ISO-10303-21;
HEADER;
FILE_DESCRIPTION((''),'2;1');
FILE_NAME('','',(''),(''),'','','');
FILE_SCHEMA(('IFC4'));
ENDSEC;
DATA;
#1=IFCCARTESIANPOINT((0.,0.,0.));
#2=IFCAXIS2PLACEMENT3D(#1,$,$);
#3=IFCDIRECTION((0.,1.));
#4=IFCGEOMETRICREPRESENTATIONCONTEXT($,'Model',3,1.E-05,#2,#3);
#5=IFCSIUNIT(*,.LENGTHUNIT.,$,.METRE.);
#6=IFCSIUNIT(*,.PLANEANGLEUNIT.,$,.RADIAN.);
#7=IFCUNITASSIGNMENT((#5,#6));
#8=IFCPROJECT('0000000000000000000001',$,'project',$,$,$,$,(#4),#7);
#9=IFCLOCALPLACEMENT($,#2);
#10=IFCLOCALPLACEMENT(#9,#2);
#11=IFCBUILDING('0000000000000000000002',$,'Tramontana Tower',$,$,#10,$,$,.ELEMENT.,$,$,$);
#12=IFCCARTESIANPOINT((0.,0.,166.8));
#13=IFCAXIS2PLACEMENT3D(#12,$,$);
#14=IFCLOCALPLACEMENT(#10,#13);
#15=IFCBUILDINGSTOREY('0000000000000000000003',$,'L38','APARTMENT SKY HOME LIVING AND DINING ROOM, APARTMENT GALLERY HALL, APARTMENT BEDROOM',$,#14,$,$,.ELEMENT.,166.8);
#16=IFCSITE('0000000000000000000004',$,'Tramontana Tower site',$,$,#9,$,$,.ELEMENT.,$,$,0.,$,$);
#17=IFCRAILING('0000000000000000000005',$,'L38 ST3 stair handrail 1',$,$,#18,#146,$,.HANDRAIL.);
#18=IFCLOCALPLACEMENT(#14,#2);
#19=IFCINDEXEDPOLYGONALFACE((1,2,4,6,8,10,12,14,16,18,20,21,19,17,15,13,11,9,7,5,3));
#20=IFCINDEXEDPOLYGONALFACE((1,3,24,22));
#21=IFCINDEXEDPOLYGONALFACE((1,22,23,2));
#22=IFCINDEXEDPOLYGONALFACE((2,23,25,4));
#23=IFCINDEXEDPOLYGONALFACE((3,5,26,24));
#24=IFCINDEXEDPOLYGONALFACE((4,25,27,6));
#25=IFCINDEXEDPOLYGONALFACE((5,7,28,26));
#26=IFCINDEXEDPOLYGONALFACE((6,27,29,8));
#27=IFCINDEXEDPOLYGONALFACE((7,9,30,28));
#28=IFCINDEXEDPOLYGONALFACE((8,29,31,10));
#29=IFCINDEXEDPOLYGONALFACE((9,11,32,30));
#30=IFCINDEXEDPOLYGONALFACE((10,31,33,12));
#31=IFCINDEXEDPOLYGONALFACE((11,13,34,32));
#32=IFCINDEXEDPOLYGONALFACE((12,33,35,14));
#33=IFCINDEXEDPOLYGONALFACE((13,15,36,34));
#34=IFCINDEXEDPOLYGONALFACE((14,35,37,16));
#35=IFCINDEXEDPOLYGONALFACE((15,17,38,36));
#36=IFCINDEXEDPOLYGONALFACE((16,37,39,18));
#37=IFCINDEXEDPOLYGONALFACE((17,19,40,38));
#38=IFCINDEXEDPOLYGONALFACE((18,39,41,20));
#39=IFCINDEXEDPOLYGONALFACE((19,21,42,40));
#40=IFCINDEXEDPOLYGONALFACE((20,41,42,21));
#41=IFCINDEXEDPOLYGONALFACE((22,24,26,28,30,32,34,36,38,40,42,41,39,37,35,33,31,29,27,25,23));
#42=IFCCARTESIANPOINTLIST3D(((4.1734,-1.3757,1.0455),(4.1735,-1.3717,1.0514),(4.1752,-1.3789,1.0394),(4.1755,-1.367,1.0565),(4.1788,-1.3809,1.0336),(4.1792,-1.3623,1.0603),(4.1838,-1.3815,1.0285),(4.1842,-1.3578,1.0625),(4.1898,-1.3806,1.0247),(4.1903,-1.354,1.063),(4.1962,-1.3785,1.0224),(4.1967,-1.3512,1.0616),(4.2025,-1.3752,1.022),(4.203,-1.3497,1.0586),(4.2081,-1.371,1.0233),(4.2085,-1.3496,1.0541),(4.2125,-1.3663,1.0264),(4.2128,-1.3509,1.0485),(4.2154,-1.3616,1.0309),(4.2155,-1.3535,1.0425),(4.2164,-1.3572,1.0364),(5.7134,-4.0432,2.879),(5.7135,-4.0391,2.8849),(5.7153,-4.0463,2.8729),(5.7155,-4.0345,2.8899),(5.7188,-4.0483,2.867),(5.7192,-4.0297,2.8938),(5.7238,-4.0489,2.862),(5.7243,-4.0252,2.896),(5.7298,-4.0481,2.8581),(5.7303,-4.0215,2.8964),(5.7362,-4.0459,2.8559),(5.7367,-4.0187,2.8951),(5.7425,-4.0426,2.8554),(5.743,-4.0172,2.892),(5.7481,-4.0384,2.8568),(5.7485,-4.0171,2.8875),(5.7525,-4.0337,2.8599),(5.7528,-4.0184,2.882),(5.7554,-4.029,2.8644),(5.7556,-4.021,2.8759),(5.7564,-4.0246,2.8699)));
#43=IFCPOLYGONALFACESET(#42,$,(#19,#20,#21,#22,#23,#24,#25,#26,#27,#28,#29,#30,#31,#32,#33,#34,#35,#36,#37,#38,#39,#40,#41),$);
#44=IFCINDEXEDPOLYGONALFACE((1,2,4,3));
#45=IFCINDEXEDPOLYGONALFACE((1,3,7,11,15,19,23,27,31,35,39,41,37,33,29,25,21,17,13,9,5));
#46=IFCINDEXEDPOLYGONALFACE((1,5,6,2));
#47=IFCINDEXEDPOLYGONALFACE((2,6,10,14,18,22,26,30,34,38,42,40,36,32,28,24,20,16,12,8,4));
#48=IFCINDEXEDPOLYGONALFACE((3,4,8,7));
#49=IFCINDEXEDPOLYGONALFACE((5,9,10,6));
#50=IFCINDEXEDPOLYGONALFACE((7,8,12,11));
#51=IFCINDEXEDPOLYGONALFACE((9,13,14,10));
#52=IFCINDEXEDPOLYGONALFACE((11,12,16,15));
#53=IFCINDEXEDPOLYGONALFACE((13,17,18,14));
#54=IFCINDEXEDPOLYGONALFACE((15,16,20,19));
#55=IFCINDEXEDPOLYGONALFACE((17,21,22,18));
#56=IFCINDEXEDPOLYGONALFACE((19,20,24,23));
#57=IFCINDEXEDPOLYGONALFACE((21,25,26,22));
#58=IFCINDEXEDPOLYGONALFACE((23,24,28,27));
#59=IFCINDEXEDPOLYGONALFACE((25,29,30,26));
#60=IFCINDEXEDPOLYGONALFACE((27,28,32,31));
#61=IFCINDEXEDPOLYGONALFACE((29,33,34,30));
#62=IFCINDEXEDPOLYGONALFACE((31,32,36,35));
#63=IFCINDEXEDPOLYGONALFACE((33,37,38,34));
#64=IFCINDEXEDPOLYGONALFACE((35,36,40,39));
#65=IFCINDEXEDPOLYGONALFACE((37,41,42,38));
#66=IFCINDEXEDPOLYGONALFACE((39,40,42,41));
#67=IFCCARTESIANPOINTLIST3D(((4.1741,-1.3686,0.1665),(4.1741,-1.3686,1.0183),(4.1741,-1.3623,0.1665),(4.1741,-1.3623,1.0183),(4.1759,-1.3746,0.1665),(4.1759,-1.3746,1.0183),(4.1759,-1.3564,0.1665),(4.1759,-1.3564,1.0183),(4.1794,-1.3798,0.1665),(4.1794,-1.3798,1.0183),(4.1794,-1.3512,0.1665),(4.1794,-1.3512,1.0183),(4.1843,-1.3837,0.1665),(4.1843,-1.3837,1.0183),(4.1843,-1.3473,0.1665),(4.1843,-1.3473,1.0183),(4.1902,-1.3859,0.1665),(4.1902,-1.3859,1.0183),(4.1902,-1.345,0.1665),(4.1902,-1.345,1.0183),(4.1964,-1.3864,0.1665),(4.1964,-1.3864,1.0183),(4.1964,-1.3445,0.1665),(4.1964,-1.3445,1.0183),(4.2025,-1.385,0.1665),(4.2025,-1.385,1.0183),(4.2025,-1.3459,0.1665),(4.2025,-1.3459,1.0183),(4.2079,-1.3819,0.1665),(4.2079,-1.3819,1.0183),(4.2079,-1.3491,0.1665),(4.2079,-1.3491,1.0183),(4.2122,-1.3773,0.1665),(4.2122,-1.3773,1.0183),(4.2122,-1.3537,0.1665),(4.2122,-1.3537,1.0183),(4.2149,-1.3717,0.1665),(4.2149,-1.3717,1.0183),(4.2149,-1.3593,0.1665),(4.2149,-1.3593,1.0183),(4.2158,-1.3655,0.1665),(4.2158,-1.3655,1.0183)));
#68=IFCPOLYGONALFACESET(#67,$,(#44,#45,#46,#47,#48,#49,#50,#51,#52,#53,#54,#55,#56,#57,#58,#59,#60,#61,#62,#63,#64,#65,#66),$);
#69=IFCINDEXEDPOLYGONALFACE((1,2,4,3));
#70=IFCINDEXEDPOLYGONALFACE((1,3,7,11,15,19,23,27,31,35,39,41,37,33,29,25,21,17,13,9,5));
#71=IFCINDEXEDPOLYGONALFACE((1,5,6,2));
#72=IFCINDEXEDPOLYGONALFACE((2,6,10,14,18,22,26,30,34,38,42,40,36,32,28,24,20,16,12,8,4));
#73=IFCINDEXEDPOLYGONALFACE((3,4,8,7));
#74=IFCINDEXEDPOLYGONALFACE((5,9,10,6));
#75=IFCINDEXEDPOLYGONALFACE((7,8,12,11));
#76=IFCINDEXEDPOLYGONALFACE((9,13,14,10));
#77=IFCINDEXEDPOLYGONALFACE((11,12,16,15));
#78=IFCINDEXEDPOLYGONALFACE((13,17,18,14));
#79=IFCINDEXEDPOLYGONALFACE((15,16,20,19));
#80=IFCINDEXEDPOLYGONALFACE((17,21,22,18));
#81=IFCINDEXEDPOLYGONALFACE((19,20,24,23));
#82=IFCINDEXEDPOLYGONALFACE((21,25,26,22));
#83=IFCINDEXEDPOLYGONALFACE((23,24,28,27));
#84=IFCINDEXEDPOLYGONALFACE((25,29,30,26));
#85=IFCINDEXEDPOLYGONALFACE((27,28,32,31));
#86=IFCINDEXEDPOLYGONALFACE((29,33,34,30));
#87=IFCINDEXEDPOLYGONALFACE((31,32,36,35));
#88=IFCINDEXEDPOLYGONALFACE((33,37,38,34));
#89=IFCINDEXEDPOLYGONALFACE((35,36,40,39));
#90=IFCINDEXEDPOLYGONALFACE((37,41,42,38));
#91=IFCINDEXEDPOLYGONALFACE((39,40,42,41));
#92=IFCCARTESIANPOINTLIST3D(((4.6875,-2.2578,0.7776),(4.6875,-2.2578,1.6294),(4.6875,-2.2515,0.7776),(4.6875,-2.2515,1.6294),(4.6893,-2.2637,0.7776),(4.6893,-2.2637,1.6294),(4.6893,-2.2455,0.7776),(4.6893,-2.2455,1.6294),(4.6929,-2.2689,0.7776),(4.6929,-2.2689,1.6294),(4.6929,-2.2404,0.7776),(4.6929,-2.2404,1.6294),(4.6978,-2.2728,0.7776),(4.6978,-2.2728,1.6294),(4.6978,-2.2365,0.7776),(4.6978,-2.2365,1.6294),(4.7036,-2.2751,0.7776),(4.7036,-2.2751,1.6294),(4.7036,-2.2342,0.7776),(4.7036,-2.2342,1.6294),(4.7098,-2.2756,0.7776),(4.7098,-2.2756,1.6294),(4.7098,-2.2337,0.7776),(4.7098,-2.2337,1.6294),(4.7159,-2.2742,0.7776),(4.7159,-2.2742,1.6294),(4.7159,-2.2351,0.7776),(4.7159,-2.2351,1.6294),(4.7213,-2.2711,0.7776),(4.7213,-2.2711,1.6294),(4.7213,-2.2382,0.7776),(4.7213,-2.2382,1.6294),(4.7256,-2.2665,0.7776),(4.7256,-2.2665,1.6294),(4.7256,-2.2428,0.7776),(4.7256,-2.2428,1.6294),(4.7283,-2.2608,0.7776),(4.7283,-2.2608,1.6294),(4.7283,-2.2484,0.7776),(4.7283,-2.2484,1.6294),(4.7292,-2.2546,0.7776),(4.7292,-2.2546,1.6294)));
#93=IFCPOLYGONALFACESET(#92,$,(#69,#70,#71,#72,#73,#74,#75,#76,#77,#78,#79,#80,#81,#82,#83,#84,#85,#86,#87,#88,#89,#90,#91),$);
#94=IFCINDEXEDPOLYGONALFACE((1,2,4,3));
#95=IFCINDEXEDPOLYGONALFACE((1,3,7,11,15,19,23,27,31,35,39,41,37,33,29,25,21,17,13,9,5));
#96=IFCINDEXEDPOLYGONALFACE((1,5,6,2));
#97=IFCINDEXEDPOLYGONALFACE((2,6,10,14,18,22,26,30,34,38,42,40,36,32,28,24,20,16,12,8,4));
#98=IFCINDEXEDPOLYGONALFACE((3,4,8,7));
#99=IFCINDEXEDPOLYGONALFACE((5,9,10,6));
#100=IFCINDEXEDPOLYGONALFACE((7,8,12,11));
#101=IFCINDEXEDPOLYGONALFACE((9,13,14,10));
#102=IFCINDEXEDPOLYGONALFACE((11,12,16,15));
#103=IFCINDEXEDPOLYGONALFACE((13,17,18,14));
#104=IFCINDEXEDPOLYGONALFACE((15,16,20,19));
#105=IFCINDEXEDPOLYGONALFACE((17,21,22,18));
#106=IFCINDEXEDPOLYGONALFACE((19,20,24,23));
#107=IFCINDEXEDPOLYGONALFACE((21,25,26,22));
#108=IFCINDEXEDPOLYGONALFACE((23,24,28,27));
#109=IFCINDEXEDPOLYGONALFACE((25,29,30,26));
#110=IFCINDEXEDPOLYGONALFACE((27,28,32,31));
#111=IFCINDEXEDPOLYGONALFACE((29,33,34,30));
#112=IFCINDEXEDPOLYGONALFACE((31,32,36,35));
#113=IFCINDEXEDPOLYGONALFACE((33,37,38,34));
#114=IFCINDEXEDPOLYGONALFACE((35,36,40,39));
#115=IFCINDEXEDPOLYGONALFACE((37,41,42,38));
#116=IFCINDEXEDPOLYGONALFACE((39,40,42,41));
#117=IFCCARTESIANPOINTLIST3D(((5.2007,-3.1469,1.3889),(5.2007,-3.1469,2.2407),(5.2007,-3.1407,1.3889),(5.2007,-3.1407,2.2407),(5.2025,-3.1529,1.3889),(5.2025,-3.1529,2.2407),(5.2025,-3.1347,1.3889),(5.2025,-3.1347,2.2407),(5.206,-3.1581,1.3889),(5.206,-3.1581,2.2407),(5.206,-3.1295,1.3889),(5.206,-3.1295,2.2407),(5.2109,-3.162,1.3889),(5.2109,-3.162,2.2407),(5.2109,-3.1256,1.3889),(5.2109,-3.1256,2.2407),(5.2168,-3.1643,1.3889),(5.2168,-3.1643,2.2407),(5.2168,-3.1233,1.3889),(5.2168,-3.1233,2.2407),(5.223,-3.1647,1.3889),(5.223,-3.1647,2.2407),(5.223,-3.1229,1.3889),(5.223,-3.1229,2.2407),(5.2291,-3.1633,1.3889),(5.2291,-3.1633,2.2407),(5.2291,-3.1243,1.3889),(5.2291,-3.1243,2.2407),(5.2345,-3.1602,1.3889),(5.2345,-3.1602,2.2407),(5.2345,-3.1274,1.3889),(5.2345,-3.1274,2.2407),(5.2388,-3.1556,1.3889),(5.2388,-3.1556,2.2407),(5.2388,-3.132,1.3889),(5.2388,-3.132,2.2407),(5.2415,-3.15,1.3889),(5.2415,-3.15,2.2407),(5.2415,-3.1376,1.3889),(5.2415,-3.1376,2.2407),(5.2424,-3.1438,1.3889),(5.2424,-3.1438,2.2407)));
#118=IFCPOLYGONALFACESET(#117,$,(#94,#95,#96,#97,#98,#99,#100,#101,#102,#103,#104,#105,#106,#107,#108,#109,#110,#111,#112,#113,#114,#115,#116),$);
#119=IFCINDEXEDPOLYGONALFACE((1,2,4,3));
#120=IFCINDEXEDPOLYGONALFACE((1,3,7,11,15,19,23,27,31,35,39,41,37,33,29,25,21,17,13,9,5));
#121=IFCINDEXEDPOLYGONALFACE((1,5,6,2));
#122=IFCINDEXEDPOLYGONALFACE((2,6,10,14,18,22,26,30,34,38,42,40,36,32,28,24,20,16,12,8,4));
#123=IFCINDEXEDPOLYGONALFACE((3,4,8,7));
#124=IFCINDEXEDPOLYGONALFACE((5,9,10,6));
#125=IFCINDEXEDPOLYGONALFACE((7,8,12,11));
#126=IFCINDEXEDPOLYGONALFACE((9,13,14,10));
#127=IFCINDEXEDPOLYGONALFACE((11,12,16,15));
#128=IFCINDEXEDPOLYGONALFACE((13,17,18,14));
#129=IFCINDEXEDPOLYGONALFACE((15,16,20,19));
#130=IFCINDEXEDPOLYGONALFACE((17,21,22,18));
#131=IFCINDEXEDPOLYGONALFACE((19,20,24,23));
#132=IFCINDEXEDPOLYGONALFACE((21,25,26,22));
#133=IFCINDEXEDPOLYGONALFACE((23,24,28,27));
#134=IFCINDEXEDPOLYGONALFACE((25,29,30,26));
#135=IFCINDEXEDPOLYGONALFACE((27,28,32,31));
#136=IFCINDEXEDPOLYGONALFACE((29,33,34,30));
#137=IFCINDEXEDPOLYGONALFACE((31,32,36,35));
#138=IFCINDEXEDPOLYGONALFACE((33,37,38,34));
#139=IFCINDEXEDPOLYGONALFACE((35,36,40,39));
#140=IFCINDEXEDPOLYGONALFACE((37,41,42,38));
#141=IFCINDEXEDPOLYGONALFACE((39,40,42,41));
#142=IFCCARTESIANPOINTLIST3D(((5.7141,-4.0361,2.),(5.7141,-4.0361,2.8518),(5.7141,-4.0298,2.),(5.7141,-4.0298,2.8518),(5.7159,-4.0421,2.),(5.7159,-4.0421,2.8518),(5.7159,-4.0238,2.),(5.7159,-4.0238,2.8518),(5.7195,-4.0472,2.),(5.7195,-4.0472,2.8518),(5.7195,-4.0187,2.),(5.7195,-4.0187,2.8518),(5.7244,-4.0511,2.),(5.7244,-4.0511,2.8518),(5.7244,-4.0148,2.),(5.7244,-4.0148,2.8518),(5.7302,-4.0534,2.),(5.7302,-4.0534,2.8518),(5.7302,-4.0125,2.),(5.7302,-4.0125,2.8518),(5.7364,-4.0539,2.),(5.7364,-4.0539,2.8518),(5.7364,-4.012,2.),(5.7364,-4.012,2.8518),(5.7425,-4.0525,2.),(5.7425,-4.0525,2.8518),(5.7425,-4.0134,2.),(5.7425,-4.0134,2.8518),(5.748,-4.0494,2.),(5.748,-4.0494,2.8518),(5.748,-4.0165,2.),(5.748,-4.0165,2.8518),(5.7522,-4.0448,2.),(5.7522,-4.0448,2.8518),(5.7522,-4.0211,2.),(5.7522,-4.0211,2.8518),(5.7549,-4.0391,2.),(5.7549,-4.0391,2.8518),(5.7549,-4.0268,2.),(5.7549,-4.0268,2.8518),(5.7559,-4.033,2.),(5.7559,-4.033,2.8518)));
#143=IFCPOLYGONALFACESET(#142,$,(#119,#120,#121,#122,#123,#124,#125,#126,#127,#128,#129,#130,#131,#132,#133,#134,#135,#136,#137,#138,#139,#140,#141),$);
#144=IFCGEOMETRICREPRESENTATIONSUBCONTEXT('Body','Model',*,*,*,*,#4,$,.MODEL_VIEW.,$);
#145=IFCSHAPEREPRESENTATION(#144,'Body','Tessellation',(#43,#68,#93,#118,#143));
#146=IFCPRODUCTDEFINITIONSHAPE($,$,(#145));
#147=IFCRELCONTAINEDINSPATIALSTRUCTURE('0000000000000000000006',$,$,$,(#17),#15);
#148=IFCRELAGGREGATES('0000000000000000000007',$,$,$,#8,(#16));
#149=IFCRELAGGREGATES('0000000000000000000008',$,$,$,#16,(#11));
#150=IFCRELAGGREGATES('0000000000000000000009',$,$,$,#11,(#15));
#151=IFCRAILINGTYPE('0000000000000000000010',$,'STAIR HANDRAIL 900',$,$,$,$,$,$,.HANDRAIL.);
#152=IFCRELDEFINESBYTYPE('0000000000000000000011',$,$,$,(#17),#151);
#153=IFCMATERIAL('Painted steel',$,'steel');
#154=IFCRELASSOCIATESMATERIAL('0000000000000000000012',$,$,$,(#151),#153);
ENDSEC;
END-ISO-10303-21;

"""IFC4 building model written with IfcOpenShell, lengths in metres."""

from ifc_helpers import new_model, si_unit, direction, frame, origin, origin_2d, place, context, subcontext, project, spatial, circle, extrude, material, type_object, element, save


model = new_model("IFC4")

# Units and contexts
model_context = context("Model", 3, precision=1e-05, world=origin(), true_north=direction((0.0, 1.0)))
body_context = subcontext(model_context, "Body", "Model", "MODEL_VIEW")
ifc_project = project(units=[si_unit("LENGTHUNIT", "METRE"), si_unit("PLANEANGLEUNIT", "RADIAN")], contexts=[model_context])

# Site, building, storey
site_placement = place(None, origin())
site = spatial("IfcSite", under=ifc_project, at=site_placement, Name="Tramontana Tower site", CompositionType="ELEMENT", RefElevation=0.0)
building_placement = place(site_placement, origin())
building = spatial("IfcBuilding", under=site, at=building_placement, Name="Tramontana Tower", CompositionType="ELEMENT")
storey_placement = place(building_placement, frame((0.0, 0.0, 166.8)))
storey = spatial("IfcBuildingStorey", under=building, at=storey_placement, Name="L38", Description="APARTMENT SKY HOME LIVING AND DINING ROOM, APARTMENT GALLERY HALL, APARTMENT BEDROOM", CompositionType="ELEMENT", Elevation=166.8)

# Railing
ifc_material_1 = material(Name="Painted steel", Category="steel")
railing_type_1 = type_object("IfcRailingType", Name="STAIR HANDRAIL 900", PredefinedType="HANDRAIL", material=ifc_material_1)
railing_1_placement = place(storey_placement, frame((4.1948, -1.3655, 0.1665)))
element("IfcRailing", 1, at=railing_1_placement, inside=storey, type_object=railing_type_1, Name="L38 ST3 stair handrail 1", PredefinedType="HANDRAIL", context=body_context, shape_type="SweptSolid", body=[
    extrude(circle(Radius=0.0239, at=origin_2d()), frame((0.0, 0.0, 0.876), z_axis=(0.429634, -0.744164, 0.511502), x_axis=(0.86603, 0.499992, 0.0)), (0.0, 0.0, 1.0), 3.5845),
    extrude(circle(Radius=0.021, at=origin_2d()), origin(), (0.0, 0.0, 1.0), 0.8518),
    extrude(circle(Radius=0.021, at=origin_2d()), frame((0.5134, -0.8892, 0.6111)), (0.0, 0.0, 1.0), 0.8518),
    extrude(circle(Radius=0.021, at=origin_2d()), frame((1.0266, -1.7783, 1.2224)), (0.0, 0.0, 1.0), 0.8518),
    extrude(circle(Radius=0.021, at=origin_2d()), frame((1.54, -2.6675, 1.8335)), (0.0, 0.0, 1.0), 0.8518),
])

save(model, "model.ifc")
